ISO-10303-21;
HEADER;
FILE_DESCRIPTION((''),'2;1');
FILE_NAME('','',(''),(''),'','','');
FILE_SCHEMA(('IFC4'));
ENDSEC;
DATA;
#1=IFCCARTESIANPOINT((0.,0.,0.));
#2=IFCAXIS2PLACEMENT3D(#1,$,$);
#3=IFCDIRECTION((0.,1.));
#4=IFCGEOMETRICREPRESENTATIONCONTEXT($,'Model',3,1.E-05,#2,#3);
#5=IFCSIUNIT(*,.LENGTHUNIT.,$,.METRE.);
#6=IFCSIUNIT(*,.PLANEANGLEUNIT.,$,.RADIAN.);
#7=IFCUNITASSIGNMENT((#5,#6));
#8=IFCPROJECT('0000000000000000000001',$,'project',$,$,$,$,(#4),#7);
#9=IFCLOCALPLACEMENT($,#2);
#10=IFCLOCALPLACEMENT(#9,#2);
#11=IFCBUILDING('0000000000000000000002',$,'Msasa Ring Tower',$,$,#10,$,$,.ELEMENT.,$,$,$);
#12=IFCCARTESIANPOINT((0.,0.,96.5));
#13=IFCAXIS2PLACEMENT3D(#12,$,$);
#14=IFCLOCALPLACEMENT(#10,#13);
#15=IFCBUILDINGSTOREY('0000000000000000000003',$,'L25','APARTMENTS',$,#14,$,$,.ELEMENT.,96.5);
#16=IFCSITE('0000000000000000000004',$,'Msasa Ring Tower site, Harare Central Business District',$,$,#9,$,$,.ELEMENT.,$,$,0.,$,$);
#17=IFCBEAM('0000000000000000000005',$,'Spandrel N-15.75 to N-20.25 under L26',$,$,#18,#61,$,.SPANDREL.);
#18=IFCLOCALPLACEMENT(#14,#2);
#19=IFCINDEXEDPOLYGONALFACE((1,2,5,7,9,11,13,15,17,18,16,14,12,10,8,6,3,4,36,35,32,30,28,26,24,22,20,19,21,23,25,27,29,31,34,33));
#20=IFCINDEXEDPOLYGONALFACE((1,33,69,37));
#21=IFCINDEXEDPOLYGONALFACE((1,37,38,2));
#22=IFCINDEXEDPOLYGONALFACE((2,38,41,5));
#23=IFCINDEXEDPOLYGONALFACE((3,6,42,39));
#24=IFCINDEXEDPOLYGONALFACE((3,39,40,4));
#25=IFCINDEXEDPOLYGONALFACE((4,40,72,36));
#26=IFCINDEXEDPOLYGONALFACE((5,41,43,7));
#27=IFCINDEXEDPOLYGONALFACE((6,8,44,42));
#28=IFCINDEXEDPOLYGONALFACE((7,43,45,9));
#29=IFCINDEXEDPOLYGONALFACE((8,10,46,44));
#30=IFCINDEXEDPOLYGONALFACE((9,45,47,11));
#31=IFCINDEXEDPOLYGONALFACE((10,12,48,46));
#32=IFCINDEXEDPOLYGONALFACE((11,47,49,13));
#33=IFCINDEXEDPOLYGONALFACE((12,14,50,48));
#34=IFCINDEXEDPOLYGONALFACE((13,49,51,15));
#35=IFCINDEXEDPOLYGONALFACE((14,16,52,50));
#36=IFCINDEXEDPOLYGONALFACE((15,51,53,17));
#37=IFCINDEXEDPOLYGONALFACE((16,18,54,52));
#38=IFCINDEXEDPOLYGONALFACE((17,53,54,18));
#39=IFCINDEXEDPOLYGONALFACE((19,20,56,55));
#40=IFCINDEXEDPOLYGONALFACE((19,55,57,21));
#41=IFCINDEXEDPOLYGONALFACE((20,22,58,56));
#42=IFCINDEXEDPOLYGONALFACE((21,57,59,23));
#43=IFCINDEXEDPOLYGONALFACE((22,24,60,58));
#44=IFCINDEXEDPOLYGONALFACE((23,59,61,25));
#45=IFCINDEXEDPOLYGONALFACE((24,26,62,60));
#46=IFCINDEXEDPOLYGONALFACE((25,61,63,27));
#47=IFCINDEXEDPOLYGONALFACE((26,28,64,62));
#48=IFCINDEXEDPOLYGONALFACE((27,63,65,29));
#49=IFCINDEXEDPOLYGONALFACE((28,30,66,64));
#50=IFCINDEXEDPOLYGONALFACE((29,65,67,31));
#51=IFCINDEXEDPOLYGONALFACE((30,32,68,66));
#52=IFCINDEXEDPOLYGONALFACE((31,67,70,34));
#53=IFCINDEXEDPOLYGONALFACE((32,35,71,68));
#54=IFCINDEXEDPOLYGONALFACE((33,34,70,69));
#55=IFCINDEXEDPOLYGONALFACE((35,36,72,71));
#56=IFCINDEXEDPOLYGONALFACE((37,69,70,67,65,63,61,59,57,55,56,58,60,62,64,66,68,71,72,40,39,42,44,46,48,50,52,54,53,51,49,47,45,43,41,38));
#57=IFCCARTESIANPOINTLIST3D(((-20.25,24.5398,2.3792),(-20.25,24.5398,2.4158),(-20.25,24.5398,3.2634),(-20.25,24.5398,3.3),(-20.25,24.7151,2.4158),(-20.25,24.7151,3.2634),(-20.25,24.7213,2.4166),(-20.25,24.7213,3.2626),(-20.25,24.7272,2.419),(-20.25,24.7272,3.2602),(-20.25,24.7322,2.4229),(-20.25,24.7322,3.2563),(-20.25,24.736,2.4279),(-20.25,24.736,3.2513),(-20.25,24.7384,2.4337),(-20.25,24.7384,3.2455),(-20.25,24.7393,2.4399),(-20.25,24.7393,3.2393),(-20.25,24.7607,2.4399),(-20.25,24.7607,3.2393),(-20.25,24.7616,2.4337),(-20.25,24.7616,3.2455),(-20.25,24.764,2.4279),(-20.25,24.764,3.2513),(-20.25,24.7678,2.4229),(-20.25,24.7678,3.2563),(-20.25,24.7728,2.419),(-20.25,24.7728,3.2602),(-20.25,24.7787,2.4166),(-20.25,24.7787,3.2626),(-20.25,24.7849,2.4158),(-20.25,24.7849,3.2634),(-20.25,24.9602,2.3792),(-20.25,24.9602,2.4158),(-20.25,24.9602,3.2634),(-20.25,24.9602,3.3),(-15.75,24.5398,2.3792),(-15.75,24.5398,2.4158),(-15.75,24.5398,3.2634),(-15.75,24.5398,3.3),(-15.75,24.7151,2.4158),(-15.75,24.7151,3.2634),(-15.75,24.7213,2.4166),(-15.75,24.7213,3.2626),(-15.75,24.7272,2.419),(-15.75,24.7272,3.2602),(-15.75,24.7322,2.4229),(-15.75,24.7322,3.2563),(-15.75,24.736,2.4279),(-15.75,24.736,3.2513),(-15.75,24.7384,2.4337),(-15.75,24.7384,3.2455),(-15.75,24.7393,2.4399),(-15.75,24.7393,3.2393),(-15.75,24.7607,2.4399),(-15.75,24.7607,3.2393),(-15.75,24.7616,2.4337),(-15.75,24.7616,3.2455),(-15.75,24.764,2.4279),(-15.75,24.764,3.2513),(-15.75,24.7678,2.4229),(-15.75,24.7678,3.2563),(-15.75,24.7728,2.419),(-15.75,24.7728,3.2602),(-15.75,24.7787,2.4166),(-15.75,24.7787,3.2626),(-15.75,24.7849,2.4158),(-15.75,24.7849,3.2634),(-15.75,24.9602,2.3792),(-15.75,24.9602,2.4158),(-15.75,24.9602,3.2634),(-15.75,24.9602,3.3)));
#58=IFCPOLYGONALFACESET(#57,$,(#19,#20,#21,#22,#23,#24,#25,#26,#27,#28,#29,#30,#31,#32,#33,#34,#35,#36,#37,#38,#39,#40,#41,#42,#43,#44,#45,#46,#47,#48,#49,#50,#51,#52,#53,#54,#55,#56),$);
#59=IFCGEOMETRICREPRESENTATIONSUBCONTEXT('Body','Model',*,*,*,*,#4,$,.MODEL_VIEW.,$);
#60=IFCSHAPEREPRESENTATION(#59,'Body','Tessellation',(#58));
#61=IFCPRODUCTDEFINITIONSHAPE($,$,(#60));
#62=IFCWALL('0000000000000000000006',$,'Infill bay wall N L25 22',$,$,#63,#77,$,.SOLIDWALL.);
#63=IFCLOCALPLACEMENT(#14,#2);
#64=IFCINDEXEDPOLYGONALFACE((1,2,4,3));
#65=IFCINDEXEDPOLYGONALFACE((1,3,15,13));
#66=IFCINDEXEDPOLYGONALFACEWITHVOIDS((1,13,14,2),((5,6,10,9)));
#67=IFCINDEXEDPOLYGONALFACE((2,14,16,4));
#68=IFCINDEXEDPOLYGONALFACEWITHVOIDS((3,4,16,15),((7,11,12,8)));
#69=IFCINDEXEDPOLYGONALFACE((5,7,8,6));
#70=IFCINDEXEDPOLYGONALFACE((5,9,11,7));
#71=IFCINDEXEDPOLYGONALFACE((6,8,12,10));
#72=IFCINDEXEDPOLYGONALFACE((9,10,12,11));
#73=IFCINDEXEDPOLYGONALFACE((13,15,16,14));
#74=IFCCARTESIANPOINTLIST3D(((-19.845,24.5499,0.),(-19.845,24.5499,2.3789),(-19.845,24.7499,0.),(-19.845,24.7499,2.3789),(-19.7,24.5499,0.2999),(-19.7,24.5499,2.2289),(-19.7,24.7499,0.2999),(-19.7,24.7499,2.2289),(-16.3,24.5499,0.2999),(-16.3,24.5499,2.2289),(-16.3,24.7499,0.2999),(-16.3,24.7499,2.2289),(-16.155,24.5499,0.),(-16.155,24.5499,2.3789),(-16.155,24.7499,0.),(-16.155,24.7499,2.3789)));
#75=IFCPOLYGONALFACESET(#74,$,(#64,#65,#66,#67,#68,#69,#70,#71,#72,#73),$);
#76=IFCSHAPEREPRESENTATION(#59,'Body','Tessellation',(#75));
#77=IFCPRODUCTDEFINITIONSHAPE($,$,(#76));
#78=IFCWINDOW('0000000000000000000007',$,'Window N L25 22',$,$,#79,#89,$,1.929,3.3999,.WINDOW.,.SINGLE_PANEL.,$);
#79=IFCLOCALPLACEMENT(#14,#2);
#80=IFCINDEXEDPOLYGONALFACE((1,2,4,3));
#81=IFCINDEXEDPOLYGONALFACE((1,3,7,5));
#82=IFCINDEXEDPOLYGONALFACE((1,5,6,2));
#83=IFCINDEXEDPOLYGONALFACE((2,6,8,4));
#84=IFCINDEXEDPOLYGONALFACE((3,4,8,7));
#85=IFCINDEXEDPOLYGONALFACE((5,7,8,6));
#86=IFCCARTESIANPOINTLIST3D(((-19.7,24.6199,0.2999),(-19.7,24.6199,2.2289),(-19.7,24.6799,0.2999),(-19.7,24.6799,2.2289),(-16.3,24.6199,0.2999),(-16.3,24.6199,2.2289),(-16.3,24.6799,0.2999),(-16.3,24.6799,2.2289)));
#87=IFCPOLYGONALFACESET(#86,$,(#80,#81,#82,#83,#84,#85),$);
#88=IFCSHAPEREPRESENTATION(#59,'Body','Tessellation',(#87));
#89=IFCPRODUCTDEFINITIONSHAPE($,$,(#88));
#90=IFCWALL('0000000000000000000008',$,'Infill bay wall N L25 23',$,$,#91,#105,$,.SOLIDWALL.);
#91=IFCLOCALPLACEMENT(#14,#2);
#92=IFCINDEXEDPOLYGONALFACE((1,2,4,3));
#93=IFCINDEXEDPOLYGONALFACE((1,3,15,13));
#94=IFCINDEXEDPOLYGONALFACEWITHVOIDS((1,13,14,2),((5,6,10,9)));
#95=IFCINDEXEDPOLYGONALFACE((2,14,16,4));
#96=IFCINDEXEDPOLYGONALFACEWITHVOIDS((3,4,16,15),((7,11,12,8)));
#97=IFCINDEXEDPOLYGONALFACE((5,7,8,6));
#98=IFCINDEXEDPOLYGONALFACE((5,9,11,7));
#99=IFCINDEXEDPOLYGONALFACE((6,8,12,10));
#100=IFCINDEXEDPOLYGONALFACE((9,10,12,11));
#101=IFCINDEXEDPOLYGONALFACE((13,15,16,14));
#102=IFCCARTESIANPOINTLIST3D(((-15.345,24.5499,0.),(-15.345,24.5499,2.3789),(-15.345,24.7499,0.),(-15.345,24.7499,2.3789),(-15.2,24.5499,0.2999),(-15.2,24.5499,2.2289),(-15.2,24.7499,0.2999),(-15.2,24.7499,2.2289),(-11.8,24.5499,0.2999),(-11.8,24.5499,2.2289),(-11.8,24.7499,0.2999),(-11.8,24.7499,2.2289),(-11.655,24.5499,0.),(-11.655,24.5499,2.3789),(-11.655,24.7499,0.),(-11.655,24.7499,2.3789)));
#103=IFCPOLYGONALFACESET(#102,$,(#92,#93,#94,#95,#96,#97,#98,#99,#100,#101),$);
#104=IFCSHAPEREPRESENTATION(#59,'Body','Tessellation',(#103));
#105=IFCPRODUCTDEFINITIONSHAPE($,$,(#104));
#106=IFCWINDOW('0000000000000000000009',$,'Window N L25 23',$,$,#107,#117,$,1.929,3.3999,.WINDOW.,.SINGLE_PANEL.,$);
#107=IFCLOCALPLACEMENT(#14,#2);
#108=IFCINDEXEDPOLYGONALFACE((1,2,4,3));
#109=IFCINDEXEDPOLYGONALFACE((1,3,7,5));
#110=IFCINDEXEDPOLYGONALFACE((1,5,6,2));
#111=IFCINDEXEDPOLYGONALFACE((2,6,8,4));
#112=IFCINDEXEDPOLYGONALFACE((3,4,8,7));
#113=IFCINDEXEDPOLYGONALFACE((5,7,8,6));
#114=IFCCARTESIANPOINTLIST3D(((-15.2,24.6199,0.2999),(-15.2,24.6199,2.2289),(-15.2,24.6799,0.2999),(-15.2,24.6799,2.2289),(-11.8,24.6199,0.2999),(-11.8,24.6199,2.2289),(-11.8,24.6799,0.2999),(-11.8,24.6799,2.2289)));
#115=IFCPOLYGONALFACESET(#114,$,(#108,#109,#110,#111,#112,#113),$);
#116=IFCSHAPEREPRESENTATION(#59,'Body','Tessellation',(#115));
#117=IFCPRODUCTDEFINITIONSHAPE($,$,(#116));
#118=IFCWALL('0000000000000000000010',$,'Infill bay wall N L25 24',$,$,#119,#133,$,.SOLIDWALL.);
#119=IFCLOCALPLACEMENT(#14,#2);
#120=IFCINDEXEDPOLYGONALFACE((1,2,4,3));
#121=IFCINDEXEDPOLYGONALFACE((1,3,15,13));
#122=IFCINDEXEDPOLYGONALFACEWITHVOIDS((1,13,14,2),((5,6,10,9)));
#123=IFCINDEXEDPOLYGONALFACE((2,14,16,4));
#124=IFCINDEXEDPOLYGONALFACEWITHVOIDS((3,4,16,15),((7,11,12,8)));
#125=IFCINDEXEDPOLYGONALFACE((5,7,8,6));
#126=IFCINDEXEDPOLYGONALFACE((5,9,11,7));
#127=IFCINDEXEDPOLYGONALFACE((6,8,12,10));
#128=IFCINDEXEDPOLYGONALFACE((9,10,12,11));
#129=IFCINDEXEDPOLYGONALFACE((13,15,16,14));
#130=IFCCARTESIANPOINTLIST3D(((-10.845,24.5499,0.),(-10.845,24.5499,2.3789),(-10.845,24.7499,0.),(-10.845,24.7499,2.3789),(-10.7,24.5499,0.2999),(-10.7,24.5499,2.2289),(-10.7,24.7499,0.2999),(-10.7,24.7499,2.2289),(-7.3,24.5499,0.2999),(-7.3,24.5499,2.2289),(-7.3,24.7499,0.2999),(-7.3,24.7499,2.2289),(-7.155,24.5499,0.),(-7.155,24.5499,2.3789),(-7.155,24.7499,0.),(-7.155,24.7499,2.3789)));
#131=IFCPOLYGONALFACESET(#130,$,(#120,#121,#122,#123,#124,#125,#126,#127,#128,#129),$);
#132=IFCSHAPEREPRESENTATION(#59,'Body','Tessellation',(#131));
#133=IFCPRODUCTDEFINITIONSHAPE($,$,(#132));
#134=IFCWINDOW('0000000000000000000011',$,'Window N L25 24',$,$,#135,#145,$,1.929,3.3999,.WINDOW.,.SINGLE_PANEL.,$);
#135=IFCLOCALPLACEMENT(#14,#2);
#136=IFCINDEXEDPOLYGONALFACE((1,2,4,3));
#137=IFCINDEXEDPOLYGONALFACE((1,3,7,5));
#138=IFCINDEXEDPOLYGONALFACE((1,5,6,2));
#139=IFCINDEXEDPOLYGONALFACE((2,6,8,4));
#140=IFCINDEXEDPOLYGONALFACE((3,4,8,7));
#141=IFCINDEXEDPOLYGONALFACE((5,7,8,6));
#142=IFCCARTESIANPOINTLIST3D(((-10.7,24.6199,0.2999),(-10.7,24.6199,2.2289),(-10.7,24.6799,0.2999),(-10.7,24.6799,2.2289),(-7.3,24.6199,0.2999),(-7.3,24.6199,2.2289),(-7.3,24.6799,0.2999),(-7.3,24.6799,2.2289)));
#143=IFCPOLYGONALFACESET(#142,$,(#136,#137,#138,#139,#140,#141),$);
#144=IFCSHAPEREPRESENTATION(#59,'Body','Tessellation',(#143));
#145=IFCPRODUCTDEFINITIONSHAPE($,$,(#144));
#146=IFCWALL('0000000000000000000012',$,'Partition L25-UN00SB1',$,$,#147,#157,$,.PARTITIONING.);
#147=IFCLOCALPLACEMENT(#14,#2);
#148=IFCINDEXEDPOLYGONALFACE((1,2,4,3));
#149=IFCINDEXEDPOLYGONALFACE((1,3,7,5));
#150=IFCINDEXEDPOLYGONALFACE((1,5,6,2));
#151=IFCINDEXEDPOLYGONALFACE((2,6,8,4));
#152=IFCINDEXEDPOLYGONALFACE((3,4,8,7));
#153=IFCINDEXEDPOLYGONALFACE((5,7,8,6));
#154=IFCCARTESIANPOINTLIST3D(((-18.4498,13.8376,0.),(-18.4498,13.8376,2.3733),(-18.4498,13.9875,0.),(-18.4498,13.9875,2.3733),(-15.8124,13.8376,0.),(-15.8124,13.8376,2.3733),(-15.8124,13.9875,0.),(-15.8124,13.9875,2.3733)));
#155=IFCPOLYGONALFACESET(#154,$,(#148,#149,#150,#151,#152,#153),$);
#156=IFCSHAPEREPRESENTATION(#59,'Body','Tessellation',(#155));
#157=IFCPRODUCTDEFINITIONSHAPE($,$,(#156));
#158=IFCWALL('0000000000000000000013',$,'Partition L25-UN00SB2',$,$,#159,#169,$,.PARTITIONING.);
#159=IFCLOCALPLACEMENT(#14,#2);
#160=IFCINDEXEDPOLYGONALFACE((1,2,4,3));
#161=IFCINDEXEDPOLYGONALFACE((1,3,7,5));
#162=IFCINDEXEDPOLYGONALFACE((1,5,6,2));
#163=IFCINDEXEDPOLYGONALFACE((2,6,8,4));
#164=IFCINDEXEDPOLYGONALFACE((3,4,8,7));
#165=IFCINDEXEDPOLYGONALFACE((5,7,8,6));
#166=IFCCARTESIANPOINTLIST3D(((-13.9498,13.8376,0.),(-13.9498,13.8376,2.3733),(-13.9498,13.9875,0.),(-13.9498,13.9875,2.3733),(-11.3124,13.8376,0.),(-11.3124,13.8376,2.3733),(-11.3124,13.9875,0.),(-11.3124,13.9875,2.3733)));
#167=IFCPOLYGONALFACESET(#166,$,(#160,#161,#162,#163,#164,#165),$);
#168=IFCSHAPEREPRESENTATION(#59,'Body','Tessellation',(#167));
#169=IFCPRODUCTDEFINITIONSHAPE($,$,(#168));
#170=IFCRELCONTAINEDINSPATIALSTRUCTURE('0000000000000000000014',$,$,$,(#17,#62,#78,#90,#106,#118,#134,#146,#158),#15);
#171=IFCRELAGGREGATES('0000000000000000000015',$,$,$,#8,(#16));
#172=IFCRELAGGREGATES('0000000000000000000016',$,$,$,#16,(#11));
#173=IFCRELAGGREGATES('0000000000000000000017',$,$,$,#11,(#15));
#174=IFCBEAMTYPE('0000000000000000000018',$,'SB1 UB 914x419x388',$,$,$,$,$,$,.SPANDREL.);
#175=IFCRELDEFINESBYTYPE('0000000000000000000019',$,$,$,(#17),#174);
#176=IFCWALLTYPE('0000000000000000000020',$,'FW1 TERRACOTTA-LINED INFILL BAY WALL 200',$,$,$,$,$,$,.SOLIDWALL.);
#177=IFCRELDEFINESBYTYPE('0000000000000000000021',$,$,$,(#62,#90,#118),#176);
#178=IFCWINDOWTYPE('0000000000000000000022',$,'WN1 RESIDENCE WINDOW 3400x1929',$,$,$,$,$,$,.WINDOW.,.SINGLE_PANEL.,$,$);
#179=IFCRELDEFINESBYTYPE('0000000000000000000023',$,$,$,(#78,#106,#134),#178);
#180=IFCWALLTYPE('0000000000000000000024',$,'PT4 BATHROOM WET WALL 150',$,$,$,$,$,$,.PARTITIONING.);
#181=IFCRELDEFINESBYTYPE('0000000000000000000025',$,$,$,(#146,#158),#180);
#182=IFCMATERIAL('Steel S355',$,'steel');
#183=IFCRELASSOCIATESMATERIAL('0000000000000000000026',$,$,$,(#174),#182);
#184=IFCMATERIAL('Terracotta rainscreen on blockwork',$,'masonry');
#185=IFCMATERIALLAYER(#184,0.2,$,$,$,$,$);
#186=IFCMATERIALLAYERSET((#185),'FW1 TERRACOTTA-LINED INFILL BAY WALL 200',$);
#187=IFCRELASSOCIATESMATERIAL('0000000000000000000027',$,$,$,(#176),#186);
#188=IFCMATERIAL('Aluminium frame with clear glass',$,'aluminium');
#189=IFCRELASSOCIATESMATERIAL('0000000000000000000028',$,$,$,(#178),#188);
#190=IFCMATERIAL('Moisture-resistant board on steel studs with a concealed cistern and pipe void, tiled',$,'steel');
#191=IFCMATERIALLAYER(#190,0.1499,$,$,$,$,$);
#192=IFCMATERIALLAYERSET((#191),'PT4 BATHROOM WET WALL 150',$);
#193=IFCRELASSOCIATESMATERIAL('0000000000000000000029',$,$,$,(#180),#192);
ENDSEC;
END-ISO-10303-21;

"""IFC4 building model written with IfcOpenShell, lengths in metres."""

from ifc_helpers import new_model, si_unit, direction, frame, frame_2d, origin, origin_2d, place, context, subcontext, project, spatial, rectangle, i_section, extrude, material, layer, layer_set, material_profile, profile_set, type_object, element, fill, save


model = new_model("IFC4")

# Units and contexts
model_context = context("Model", 3, precision=1e-05, world=origin(), true_north=direction((0.0, 1.0)))
body_context = subcontext(model_context, "Body", "Model", "MODEL_VIEW")
ifc_project = project(units=[si_unit("LENGTHUNIT", "METRE"), si_unit("PLANEANGLEUNIT", "RADIAN")], contexts=[model_context])

# Site, building, storey
site_placement = place(None, origin())
site = spatial("IfcSite", under=ifc_project, at=site_placement, Name="Msasa Ring Tower site, Harare Central Business District", CompositionType="ELEMENT", RefElevation=0.0)
building_placement = place(site_placement, origin())
building = spatial("IfcBuilding", under=site, at=building_placement, Name="Msasa Ring Tower", CompositionType="ELEMENT")
storey_placement = place(building_placement, frame((0.0, 0.0, 96.5)))
storey = spatial("IfcBuildingStorey", under=building, at=storey_placement, Name="L25", Description="APARTMENTS", CompositionType="ELEMENT", Elevation=96.5)

# Beam
ifc_material_1 = material(Name="Steel S355", Category="steel")
ifc_material_profile_1 = material_profile(ifc_material_1, i_section(OverallWidth=0.4204, OverallDepth=0.9209, WebThickness=0.0215, FlangeThickness=0.0366, FilletRadius=0.0242, at=origin_2d()), Name="UB 914x419x388")
ifc_profile_set_1 = profile_set([ifc_material_profile_1], Name="Steel S355")
beam_type_1 = type_object("IfcBeamType", Name="SB1 UB 914x419x388", PredefinedType="SPANDREL", material=ifc_profile_set_1)
for number, where, z_axis, x_axis, name in (
    (1, (-15.75, 24.75, 2.8396), (-1.0, 0.0, 0.0), (0.0, -1.0, 0.0), "Spandrel N-15.75 to N-20.25 under L26"),
):
    element("IfcBeam", number, at=place(storey_placement, frame(where, z_axis=z_axis, x_axis=x_axis)), inside=storey, type_object=beam_type_1, Name=name, PredefinedType="SPANDREL", context=body_context, shape_type="SweptSolid", body=[
        extrude(i_section(OverallWidth=0.4204, OverallDepth=0.9209, WebThickness=0.0215, FlangeThickness=0.0366, FilletRadius=0.0242, at=origin_2d()), origin(), (0.0, 0.0, 1.0), 4.5),
    ])

# Walls, openings, windows
ifc_material_2 = material(Name="Terracotta rainscreen on blockwork", Category="masonry")
ifc_layer_1 = layer(ifc_material_2, 0.2)
ifc_layer_set_1 = layer_set([ifc_layer_1], Name="FW1 TERRACOTTA-LINED INFILL BAY WALL 200")
wall_type_1 = type_object("IfcWallType", Name="FW1 TERRACOTTA-LINED INFILL BAY WALL 200", PredefinedType="SOLIDWALL", material=ifc_layer_set_1)
wall_1_placement = place(storey_placement, frame((-19.845, 24.6499, 0.0), z_axis=(0.0, 0.0, 1.0), x_axis=(1.0, 0.0, 0.0)))
wall_1 = element("IfcWall", 2, at=wall_1_placement, inside=storey, type_object=wall_type_1, Name="Infill bay wall N L25 22", PredefinedType="SOLIDWALL", context=body_context, shape_type="SweptSolid", body=[
    extrude(rectangle(XDim=3.6899, YDim=0.2, at=frame_2d((1.845, 0.0))), origin(), (0.0, 0.0, 1.0), 2.3789),
])
opening_1_placement = place(wall_1_placement, frame((0.145, 0.0, 0.3)))
opening_1 = element("IfcOpeningElement", 3, at=opening_1_placement, cuts=wall_1, PredefinedType="OPENING", context=body_context, shape_type="SweptSolid", body=[
    extrude(rectangle(XDim=3.3999, YDim=1.929, at=frame_2d((1.7, 0.9644))), frame((0.0, 0.1099, 0.0), z_axis=(0.0, -1.0, 0.0), x_axis=(1.0, 0.0, 0.0)), (0.0, 0.0, 1.0), 0.22),
])
ifc_material_3 = material(Name="Aluminium frame with clear glass", Category="aluminium")
window_type = type_object("IfcWindowType", Name="WN1 RESIDENCE WINDOW 3400x1929", PartitioningType="SINGLE_PANEL", PredefinedType="WINDOW", material=ifc_material_3)
window_1_placement = place(opening_1_placement, origin())
window_1 = element("IfcWindow", 4, at=window_1_placement, inside=storey, type_object=window_type, Name="Window N L25 22", OverallHeight=1.929, OverallWidth=3.3999, PartitioningType="SINGLE_PANEL", PredefinedType="WINDOW", context=body_context, shape_type="SweptSolid", body=[
    extrude(rectangle(XDim=3.3999, YDim=1.929, at=frame_2d((1.7, 0.9644))), frame((0.0, 0.03, 0.0), z_axis=(0.0, -1.0, 0.0), x_axis=(1.0, 0.0, 0.0)), (0.0, 0.0, 1.0), 0.0601),
])
fill(opening_1, window_1)
wall_2_placement = place(storey_placement, frame((-15.345, 24.6499, 0.0), z_axis=(0.0, 0.0, 1.0), x_axis=(1.0, 0.0, 0.0)))
wall_2 = element("IfcWall", 5, at=wall_2_placement, inside=storey, type_object=wall_type_1, Name="Infill bay wall N L25 23", PredefinedType="SOLIDWALL", context=body_context, shape_type="SweptSolid", body=[
    extrude(rectangle(XDim=3.6899, YDim=0.2, at=frame_2d((1.845, 0.0))), origin(), (0.0, 0.0, 1.0), 2.3789),
])
opening_2_placement = place(wall_2_placement, frame((0.145, 0.0, 0.3)))
opening_2 = element("IfcOpeningElement", 6, at=opening_2_placement, cuts=wall_2, PredefinedType="OPENING", context=body_context, shape_type="SweptSolid", body=[
    extrude(rectangle(XDim=3.3999, YDim=1.929, at=frame_2d((1.7, 0.9644))), frame((0.0, 0.1099, 0.0), z_axis=(0.0, -1.0, 0.0), x_axis=(1.0, 0.0, 0.0)), (0.0, 0.0, 1.0), 0.22),
])
window_2_placement = place(opening_2_placement, origin())
window_2 = element("IfcWindow", 7, at=window_2_placement, inside=storey, type_object=window_type, Name="Window N L25 23", OverallHeight=1.929, OverallWidth=3.3999, PartitioningType="SINGLE_PANEL", PredefinedType="WINDOW", context=body_context, shape_type="SweptSolid", body=[
    extrude(rectangle(XDim=3.3999, YDim=1.929, at=frame_2d((1.7, 0.9644))), frame((0.0, 0.03, 0.0), z_axis=(0.0, -1.0, 0.0), x_axis=(1.0, 0.0, 0.0)), (0.0, 0.0, 1.0), 0.0601),
])
fill(opening_2, window_2)
wall_3_placement = place(storey_placement, frame((-10.845, 24.6499, 0.0), z_axis=(0.0, 0.0, 1.0), x_axis=(1.0, 0.0, 0.0)))
wall_3 = element("IfcWall", 8, at=wall_3_placement, inside=storey, type_object=wall_type_1, Name="Infill bay wall N L25 24", PredefinedType="SOLIDWALL", context=body_context, shape_type="SweptSolid", body=[
    extrude(rectangle(XDim=3.6899, YDim=0.2, at=frame_2d((1.845, 0.0))), origin(), (0.0, 0.0, 1.0), 2.3789),
])
opening_3_placement = place(wall_3_placement, frame((0.145, 0.0, 0.3)))
opening_3 = element("IfcOpeningElement", 9, at=opening_3_placement, cuts=wall_3, PredefinedType="OPENING", context=body_context, shape_type="SweptSolid", body=[
    extrude(rectangle(XDim=3.3999, YDim=1.929, at=frame_2d((1.7, 0.9644))), frame((0.0, 0.1099, 0.0), z_axis=(0.0, -1.0, 0.0), x_axis=(1.0, 0.0, 0.0)), (0.0, 0.0, 1.0), 0.22),
])
window_3_placement = place(opening_3_placement, origin())
window_3 = element("IfcWindow", 10, at=window_3_placement, inside=storey, type_object=window_type, Name="Window N L25 24", OverallHeight=1.929, OverallWidth=3.3999, PartitioningType="SINGLE_PANEL", PredefinedType="WINDOW", context=body_context, shape_type="SweptSolid", body=[
    extrude(rectangle(XDim=3.3999, YDim=1.929, at=frame_2d((1.7, 0.9644))), frame((0.0, 0.03, 0.0), z_axis=(0.0, -1.0, 0.0), x_axis=(1.0, 0.0, 0.0)), (0.0, 0.0, 1.0), 0.0601),
])
fill(opening_3, window_3)

# Walls
ifc_material_4 = material(Name="Moisture-resistant board on steel studs with a concealed cistern and pipe void, tiled", Category="steel")
ifc_layer_2 = layer(ifc_material_4, 0.1499)
ifc_layer_set_2 = layer_set([ifc_layer_2], Name="PT4 BATHROOM WET WALL 150")
wall_type_2 = type_object("IfcWallType", Name="PT4 BATHROOM WET WALL 150", PredefinedType="PARTITIONING", material=ifc_layer_set_2)
for number, where, z_axis, x_axis, name in (
    (11, (-18.45, 13.9126, 0.0), (0.0, 0.0, 1.0), (1.0, 0.0, 0.0), "Partition L25-UN00SB1"),
    (12, (-13.95, 13.9126, 0.0), (0.0, 0.0, 1.0), (1.0, 0.0, 0.0), "Partition L25-UN00SB2"),
):
    element("IfcWall", number, at=place(storey_placement, frame(where, z_axis=z_axis, x_axis=x_axis)), inside=storey, type_object=wall_type_2, Name=name, PredefinedType="PARTITIONING", context=body_context, shape_type="SweptSolid", body=[
        extrude(rectangle(XDim=2.6375, YDim=0.1499, at=frame_2d((1.3188, 0.0))), origin(), (0.0, 0.0, 1.0), 2.3733),
    ])

save(model, "model.ifc")
